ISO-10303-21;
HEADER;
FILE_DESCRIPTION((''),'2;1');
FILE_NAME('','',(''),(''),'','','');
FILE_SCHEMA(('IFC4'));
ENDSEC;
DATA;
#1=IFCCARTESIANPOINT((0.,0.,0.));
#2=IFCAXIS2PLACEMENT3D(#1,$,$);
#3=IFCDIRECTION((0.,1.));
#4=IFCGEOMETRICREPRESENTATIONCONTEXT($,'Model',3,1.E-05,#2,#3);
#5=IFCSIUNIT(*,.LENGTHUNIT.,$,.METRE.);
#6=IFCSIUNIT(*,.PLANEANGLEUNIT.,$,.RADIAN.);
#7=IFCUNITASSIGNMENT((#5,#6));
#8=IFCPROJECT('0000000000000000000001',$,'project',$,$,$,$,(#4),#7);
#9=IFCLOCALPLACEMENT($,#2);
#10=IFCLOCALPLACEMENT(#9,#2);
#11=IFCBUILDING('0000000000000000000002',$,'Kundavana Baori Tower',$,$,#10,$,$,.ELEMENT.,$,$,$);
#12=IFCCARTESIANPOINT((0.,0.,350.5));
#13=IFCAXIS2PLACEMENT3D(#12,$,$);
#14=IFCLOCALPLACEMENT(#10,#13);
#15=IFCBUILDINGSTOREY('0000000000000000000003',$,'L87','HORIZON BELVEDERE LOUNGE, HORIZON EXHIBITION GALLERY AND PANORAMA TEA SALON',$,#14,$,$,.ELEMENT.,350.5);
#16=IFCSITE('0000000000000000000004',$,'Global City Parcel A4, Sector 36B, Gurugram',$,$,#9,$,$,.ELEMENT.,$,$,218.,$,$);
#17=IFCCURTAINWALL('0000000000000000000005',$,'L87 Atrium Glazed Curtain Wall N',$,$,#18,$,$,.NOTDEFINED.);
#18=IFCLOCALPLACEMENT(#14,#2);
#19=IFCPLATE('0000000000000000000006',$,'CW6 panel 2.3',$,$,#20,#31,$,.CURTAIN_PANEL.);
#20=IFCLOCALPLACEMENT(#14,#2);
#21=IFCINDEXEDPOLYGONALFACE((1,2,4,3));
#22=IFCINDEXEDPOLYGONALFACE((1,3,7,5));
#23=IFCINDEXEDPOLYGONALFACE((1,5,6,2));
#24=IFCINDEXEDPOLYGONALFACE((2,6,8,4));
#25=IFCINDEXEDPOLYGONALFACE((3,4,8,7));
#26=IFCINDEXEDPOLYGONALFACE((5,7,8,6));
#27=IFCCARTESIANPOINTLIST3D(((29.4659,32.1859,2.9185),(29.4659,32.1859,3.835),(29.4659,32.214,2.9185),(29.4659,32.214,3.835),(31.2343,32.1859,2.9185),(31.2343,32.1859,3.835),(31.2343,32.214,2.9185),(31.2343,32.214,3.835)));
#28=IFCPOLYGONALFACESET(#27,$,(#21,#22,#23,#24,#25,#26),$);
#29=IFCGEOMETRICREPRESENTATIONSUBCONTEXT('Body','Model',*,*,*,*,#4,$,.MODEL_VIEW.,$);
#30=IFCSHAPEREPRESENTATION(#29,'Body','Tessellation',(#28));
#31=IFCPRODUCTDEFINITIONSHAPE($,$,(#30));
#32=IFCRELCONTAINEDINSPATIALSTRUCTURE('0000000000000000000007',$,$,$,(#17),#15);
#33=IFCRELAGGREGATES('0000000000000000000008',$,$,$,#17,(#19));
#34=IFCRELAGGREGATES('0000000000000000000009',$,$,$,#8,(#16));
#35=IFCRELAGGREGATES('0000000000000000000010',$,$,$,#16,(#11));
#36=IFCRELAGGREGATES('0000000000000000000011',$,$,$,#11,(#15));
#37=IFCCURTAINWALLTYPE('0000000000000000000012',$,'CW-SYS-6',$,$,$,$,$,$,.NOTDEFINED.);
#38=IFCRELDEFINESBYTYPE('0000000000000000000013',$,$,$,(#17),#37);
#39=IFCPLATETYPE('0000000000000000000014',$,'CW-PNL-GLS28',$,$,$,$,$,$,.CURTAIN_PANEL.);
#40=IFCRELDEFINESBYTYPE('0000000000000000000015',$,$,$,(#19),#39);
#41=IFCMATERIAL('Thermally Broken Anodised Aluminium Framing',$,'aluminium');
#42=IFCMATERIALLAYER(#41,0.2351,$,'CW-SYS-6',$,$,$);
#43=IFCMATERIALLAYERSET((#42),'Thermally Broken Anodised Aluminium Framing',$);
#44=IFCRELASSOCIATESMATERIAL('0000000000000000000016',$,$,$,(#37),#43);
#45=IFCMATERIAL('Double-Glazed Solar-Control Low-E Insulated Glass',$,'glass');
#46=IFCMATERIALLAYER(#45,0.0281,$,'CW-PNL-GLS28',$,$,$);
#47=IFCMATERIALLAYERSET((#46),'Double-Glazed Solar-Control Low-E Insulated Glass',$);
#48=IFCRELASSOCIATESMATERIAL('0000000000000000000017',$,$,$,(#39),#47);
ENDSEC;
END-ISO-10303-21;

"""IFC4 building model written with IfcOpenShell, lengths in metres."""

from ifc_helpers import new_model, si_unit, direction, frame, origin, origin_2d, place, context, subcontext, project, spatial, rectangle, extrude, material, layer, layer_set, type_object, element, aggregate, save


model = new_model("IFC4")

# Units and contexts
model_context = context("Model", 3, precision=1e-05, world=origin(), true_north=direction((0.0, 1.0)))
body_context = subcontext(model_context, "Body", "Model", "MODEL_VIEW")
ifc_project = project(units=[si_unit("LENGTHUNIT", "METRE"), si_unit("PLANEANGLEUNIT", "RADIAN")], contexts=[model_context])

# Site, building, storey
site_placement = place(None, origin())
site = spatial("IfcSite", under=ifc_project, at=site_placement, Name="Global City Parcel A4, Sector 36B, Gurugram", CompositionType="ELEMENT", RefElevation=218.0)
building_placement = place(site_placement, origin())
building = spatial("IfcBuilding", under=site, at=building_placement, Name="Kundavana Baori Tower", CompositionType="ELEMENT")
storey_placement = place(building_placement, frame((0.0, 0.0, 350.5)))
storey = spatial("IfcBuildingStorey", under=building, at=storey_placement, Name="L87", Description="HORIZON BELVEDERE LOUNGE, HORIZON EXHIBITION GALLERY AND PANORAMA TEA SALON", CompositionType="ELEMENT", Elevation=350.5)

# Curtain wall
ifc_material_1 = material(Name="Thermally Broken Anodised Aluminium Framing", Category="aluminium")
ifc_layer_1 = layer(ifc_material_1, 0.2351, Name="CW-SYS-6")
ifc_layer_set_1 = layer_set([ifc_layer_1], Name="Thermally Broken Anodised Aluminium Framing")
curtain_wall_type = type_object("IfcCurtainWallType", Name="CW-SYS-6", PredefinedType="NOTDEFINED", material=ifc_layer_set_1)
curtain_wall_1_placement = place(storey_placement, origin())
curtain_wall_1 = element("IfcCurtainWall", 1, at=curtain_wall_1_placement, inside=storey, type_object=curtain_wall_type, Name="L87 Atrium Glazed Curtain Wall N", PredefinedType="NOTDEFINED")

# Plate
ifc_material_2 = material(Name="Double-Glazed Solar-Control Low-E Insulated Glass", Category="glass")
ifc_layer_2 = layer(ifc_material_2, 0.0281, Name="CW-PNL-GLS28")
ifc_layer_set_2 = layer_set([ifc_layer_2], Name="Double-Glazed Solar-Control Low-E Insulated Glass")
plate_type = type_object("IfcPlateType", Name="CW-PNL-GLS28", PredefinedType="CURTAIN_PANEL", material=ifc_layer_set_2)
plate_1_placement = place(storey_placement, frame((30.3501, 32.2, 2.9185), z_axis=(0.0, 0.0, 1.0), x_axis=(-1.0, 0.0, 0.0)))
plate_1 = element("IfcPlate", 2, at=plate_1_placement, type_object=plate_type, Name="CW6 panel 2.3", PredefinedType="CURTAIN_PANEL", context=body_context, shape_type="SweptSolid", body=[
    extrude(rectangle(XDim=1.7683, YDim=0.0281, at=origin_2d()), origin(), (0.0, 0.0, 1.0), 0.9165),
])
aggregate(curtain_wall_1, [plate_1])

save(model, "model.ifc")
